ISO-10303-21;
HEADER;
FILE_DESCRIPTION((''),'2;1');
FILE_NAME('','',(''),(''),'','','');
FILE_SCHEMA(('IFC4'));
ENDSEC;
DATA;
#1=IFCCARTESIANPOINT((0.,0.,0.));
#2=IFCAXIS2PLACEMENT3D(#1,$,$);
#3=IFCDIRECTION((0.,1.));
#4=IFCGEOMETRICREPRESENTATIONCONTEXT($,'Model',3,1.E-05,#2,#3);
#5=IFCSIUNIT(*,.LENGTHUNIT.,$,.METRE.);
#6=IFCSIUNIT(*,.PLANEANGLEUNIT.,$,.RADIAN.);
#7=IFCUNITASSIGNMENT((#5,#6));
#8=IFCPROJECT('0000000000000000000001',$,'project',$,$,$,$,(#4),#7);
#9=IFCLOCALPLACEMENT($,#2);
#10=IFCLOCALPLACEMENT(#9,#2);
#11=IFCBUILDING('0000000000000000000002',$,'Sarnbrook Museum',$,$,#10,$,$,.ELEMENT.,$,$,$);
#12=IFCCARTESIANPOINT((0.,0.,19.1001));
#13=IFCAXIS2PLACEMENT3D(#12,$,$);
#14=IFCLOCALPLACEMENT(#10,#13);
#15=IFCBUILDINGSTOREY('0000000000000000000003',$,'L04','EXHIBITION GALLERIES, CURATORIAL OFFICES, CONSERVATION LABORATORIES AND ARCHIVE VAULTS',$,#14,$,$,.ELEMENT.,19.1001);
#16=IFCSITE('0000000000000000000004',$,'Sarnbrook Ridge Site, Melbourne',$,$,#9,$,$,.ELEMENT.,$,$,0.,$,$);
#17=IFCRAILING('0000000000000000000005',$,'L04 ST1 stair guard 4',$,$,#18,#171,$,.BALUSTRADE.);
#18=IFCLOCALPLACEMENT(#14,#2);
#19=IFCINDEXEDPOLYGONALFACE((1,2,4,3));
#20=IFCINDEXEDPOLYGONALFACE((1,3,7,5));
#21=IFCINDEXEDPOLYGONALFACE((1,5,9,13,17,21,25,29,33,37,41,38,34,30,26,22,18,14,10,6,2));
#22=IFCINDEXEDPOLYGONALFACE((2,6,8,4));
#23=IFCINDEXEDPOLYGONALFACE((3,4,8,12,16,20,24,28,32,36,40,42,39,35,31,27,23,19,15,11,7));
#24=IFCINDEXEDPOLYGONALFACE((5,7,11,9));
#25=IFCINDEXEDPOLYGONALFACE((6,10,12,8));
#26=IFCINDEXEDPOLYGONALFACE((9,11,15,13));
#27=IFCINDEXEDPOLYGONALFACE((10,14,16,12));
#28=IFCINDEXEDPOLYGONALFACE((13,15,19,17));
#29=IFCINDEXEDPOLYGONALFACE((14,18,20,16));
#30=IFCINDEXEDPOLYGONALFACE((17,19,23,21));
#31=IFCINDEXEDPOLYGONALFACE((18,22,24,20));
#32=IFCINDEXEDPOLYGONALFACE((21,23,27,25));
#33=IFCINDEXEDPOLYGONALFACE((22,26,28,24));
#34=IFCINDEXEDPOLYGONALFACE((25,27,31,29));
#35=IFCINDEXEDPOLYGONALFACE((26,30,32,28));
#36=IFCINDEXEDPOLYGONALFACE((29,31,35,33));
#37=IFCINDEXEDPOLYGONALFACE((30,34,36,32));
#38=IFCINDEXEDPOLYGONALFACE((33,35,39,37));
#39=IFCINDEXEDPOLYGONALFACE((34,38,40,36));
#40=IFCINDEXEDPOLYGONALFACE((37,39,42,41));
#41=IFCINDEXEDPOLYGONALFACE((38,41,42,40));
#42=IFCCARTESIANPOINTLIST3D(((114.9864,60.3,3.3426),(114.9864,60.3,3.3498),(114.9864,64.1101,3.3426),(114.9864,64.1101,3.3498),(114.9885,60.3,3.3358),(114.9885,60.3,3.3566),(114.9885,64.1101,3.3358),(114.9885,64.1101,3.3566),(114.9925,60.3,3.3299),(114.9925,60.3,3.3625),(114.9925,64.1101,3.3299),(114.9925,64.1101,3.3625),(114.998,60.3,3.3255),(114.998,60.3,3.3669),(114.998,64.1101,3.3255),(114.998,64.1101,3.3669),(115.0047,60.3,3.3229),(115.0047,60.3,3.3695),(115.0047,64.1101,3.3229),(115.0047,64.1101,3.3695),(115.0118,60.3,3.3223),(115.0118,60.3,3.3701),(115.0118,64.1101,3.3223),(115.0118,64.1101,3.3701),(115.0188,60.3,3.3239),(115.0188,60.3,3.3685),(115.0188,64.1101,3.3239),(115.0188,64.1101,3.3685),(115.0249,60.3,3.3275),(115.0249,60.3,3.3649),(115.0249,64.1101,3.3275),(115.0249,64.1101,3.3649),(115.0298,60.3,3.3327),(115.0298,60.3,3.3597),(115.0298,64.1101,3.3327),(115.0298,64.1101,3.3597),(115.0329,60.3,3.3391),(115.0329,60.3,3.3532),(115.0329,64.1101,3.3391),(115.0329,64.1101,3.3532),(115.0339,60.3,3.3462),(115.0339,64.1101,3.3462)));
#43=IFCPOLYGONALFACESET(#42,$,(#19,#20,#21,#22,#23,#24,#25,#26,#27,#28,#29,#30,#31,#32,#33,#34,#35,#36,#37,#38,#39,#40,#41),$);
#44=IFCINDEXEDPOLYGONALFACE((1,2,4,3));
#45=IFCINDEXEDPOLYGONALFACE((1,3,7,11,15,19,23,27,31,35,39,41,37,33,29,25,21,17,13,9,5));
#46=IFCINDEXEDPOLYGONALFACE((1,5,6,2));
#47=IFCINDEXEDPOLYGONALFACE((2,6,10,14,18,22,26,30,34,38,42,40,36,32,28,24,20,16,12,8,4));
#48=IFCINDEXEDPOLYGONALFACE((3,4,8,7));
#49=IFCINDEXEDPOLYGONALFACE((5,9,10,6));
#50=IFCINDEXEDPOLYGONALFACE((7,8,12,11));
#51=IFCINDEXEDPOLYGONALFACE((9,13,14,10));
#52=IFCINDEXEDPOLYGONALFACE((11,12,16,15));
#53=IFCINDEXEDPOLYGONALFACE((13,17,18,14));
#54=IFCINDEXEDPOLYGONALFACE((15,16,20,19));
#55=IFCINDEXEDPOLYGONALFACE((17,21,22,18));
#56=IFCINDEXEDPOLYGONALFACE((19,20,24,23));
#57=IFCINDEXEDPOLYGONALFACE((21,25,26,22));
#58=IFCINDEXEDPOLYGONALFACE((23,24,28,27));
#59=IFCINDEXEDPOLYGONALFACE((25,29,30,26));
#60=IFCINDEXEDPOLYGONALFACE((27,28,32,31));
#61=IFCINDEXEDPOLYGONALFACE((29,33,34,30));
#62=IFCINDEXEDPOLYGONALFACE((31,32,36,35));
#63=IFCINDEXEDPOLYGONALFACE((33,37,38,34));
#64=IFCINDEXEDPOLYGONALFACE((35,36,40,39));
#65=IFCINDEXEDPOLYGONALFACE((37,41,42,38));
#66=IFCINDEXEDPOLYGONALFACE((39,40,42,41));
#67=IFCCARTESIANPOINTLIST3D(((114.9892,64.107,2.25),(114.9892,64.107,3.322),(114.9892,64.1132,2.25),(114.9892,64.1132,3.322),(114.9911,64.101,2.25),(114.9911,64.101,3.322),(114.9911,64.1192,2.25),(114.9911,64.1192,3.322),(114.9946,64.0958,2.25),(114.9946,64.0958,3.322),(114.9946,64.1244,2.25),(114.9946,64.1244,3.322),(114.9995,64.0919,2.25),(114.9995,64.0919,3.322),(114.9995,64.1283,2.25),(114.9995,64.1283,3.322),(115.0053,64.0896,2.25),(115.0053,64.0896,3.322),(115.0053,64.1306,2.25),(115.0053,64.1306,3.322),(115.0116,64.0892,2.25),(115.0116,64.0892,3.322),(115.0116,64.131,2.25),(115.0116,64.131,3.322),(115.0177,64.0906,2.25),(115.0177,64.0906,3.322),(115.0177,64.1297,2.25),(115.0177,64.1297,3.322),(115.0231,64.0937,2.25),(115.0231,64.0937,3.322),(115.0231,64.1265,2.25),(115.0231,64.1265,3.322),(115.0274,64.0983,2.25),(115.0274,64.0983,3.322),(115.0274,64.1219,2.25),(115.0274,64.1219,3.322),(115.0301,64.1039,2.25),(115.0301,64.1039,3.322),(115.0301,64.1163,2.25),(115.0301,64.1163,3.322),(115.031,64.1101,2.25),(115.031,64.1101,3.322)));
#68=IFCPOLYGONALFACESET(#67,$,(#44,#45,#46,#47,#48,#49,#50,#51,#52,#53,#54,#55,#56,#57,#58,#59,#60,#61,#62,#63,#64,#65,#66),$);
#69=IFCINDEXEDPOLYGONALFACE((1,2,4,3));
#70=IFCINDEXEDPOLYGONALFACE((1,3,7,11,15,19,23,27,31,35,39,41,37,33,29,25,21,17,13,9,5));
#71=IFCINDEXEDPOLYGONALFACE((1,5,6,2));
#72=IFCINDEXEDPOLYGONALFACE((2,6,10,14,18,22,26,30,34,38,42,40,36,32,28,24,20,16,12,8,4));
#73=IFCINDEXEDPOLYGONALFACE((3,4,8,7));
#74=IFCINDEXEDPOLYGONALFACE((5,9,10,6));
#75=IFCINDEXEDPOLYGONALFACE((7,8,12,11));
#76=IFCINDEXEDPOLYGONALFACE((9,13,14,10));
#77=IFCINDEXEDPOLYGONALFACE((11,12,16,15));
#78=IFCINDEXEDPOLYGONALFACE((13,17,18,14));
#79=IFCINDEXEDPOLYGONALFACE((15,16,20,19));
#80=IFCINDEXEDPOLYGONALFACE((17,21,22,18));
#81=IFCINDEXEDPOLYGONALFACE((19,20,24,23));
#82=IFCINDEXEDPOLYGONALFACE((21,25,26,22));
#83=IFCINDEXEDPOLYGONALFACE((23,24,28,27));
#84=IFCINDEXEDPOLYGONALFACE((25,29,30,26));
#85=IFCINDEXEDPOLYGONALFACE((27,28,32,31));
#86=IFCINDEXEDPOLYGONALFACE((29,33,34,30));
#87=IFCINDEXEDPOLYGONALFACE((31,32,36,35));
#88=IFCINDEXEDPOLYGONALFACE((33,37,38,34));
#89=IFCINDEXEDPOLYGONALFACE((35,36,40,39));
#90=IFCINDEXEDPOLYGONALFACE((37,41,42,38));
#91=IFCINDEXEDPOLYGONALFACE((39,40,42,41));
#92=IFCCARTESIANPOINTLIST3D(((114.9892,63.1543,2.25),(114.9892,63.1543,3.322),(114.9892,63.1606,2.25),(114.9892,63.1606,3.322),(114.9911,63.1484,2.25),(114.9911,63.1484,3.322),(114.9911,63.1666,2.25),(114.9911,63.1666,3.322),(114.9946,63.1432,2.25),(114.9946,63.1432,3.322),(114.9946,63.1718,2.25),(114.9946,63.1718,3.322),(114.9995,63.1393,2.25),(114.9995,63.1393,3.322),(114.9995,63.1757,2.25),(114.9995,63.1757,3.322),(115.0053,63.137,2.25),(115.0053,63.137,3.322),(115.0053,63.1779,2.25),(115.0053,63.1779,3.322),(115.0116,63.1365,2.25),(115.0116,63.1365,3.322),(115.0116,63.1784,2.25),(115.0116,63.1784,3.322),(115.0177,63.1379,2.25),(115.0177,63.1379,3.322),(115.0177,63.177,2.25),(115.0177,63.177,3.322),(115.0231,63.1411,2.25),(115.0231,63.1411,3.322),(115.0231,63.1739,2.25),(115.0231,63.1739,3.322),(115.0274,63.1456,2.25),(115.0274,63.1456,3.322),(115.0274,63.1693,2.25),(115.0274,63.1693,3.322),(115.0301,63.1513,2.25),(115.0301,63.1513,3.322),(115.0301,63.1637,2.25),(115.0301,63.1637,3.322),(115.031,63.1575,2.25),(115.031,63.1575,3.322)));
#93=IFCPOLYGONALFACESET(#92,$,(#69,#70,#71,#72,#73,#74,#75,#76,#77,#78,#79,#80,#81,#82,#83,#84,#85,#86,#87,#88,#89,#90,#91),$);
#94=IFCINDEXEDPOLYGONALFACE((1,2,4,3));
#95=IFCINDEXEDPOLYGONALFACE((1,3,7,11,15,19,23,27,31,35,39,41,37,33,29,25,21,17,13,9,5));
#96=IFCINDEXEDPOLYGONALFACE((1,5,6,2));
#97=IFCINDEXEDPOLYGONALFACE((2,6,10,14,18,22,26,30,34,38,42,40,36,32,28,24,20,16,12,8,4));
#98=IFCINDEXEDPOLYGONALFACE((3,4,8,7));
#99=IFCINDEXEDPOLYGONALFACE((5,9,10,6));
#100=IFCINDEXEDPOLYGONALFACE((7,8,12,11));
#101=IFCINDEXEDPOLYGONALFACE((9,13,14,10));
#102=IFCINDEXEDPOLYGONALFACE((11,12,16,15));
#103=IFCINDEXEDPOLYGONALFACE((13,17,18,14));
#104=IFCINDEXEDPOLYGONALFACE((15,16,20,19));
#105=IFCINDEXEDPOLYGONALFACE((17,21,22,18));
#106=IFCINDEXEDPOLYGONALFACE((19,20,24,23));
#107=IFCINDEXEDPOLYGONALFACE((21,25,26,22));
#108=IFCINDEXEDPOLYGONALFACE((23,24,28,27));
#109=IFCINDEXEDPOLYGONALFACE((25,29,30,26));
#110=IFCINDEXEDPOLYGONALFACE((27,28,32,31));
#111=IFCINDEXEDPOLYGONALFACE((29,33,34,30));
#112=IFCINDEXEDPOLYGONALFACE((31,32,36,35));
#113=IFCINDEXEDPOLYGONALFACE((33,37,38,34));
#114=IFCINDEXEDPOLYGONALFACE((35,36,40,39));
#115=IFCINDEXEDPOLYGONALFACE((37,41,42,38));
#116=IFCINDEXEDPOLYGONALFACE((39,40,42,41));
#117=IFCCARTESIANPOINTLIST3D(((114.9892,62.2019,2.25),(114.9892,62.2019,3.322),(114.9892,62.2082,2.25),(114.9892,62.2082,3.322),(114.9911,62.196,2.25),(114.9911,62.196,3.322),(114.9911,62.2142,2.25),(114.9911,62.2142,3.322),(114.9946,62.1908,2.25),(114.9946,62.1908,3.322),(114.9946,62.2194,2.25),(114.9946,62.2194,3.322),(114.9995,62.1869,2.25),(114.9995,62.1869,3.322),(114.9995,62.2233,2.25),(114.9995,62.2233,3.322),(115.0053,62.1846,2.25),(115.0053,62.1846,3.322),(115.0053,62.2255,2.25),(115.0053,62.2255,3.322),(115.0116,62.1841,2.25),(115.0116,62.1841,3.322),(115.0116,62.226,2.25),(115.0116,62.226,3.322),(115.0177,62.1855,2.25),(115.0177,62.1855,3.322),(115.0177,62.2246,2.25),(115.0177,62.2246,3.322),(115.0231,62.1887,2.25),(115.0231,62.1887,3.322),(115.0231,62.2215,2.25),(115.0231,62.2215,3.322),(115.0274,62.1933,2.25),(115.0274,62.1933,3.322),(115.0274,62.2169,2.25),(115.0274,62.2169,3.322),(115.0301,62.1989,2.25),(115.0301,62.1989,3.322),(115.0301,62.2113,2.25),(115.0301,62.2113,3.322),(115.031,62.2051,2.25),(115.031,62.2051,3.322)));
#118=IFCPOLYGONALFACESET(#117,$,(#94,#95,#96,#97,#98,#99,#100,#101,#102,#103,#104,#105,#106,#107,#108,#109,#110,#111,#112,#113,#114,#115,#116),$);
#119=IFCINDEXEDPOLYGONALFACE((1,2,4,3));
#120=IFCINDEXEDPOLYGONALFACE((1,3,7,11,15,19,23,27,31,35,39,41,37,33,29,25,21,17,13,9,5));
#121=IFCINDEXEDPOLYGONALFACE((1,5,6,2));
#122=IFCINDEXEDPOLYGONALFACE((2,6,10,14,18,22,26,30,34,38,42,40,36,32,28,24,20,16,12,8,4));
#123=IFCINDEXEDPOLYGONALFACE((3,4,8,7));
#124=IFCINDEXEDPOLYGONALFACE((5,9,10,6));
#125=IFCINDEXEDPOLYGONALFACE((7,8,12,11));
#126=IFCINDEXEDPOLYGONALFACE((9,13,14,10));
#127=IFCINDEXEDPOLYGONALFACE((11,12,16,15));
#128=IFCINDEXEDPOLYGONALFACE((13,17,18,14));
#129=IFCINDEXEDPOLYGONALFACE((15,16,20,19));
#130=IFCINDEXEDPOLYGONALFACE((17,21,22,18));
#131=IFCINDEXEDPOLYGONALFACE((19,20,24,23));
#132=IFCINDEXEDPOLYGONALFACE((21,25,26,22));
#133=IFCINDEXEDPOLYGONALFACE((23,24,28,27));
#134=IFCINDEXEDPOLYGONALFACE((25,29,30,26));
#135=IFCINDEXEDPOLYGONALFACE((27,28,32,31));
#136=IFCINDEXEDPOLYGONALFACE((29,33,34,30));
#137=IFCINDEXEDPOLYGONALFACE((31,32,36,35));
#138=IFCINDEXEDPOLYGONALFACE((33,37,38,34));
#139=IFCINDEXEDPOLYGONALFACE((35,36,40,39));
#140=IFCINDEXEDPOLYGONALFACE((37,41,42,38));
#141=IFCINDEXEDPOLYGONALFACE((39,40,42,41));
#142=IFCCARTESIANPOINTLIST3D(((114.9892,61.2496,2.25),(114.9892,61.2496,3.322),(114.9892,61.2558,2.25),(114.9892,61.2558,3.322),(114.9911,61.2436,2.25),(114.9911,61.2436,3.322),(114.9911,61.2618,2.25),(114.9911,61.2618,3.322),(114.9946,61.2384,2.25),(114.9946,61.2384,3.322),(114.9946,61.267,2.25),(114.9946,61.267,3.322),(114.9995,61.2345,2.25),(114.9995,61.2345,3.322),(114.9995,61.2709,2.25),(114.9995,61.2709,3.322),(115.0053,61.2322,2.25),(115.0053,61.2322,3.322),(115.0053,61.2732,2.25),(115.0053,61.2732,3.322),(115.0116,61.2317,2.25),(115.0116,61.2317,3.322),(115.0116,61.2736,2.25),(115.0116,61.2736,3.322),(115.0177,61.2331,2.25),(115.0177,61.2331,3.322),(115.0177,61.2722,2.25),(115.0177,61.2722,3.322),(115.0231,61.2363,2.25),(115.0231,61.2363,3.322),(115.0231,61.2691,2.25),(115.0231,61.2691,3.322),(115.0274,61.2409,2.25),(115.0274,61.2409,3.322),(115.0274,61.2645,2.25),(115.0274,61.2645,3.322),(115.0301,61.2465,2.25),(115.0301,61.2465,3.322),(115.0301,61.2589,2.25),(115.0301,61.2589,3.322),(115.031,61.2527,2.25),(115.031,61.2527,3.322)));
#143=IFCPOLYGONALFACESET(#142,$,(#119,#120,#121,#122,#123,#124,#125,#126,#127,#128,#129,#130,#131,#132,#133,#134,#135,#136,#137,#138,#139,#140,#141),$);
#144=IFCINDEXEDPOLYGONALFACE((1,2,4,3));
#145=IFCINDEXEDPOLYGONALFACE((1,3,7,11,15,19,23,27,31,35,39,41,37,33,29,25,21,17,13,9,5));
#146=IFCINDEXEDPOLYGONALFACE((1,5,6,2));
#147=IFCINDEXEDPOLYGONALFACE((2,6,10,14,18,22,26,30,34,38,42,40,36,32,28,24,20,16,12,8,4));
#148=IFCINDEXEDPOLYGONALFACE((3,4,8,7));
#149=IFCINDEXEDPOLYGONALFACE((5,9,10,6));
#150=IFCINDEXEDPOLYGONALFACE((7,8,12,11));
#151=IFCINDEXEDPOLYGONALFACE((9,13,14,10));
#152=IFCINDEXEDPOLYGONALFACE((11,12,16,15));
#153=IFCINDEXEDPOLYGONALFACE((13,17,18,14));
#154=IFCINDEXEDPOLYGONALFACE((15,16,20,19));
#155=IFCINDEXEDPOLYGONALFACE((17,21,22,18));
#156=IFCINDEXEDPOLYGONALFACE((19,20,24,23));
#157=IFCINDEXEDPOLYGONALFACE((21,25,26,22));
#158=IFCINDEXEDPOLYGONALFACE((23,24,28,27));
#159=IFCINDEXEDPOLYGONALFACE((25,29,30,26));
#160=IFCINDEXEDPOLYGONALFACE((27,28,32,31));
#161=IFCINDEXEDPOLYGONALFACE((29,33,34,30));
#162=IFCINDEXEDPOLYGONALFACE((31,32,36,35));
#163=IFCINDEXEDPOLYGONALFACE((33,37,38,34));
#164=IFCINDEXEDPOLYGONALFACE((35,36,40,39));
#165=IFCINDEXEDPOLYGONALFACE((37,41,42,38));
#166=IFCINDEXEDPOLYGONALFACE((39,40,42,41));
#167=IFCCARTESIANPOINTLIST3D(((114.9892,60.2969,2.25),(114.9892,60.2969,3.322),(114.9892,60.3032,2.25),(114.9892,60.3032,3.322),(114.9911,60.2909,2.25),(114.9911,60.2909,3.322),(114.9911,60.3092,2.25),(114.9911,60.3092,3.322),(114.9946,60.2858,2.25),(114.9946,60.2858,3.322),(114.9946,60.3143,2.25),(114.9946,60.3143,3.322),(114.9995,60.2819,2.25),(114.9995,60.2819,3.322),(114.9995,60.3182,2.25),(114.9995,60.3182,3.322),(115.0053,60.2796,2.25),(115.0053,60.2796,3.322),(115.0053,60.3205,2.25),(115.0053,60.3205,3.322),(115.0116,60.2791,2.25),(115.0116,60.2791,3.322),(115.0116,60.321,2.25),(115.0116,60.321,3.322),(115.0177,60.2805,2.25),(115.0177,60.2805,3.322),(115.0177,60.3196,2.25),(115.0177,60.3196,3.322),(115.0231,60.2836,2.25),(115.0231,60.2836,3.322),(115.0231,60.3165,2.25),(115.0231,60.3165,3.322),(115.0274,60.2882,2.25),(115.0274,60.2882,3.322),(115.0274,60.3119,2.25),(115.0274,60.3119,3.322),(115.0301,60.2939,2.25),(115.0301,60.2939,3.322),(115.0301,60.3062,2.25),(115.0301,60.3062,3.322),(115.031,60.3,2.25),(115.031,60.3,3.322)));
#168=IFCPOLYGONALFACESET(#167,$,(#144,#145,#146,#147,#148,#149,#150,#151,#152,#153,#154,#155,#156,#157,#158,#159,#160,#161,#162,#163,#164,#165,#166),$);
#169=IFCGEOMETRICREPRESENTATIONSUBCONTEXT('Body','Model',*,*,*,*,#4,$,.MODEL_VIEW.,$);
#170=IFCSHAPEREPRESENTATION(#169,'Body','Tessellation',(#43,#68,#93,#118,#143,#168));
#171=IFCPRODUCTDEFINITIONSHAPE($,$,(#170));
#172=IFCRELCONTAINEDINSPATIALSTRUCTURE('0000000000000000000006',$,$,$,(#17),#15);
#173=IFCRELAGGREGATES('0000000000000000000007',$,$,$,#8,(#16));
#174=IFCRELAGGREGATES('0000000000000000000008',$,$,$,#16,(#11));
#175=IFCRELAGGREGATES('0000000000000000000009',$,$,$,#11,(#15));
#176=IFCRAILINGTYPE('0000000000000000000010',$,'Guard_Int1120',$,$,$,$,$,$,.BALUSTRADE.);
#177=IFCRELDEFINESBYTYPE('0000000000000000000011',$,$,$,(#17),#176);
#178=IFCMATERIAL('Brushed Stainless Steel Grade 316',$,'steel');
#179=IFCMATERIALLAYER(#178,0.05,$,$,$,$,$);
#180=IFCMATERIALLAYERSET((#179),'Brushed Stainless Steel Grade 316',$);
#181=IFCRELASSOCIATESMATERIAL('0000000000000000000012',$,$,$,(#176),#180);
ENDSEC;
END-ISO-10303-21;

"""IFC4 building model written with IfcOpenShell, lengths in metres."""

from ifc_helpers import new_model, si_unit, direction, frame, origin, origin_2d, place, context, subcontext, project, spatial, circle, extrude, material, layer, layer_set, type_object, element, save


model = new_model("IFC4")

# Units and contexts
model_context = context("Model", 3, precision=1e-05, world=origin(), true_north=direction((0.0, 1.0)))
body_context = subcontext(model_context, "Body", "Model", "MODEL_VIEW")
ifc_project = project(units=[si_unit("LENGTHUNIT", "METRE"), si_unit("PLANEANGLEUNIT", "RADIAN")], contexts=[model_context])

# Site, building, storey
site_placement = place(None, origin())
site = spatial("IfcSite", under=ifc_project, at=site_placement, Name="Sarnbrook Ridge Site, Melbourne", CompositionType="ELEMENT", RefElevation=0.0)
building_placement = place(site_placement, origin())
building = spatial("IfcBuilding", under=site, at=building_placement, Name="Sarnbrook Museum", CompositionType="ELEMENT")
storey_placement = place(building_placement, frame((0.0, 0.0, 19.1001)))
storey = spatial("IfcBuildingStorey", under=building, at=storey_placement, Name="L04", Description="EXHIBITION GALLERIES, CURATORIAL OFFICES, CONSERVATION LABORATORIES AND ARCHIVE VAULTS", CompositionType="ELEMENT", Elevation=19.1001)

# Shared definitions
ifc_material_1 = material(Name="Brushed Stainless Steel Grade 316", Category="steel")

# Railing
ifc_layer_1 = layer(ifc_material_1, 0.05)
ifc_layer_set_1 = layer_set([ifc_layer_1], Name="Brushed Stainless Steel Grade 316")
railing_type_1 = type_object("IfcRailingType", Name="Guard_Int1120", PredefinedType="BALUSTRADE", material=ifc_layer_set_1)
railing_1_placement = place(storey_placement, frame((115.01, 64.1101, 2.25)))
element("IfcRailing", 1, at=railing_1_placement, inside=storey, type_object=railing_type_1, Name="L04 ST1 stair guard 4", PredefinedType="BALUSTRADE", context=body_context, shape_type="SweptSolid", body=[
    extrude(circle(Radius=0.0239, at=origin_2d()), frame((0.0, 0.0, 1.0962), z_axis=(0.0, -1.0, 0.0), x_axis=(1.0, 0.0, 0.0)), (0.0, 0.0, 1.0), 3.8101),
    extrude(circle(Radius=0.021, at=origin_2d()), origin(), (0.0, 0.0, 1.0), 1.072),
    extrude(circle(Radius=0.021, at=origin_2d()), frame((0.0, -0.9526, 0.0)), (0.0, 0.0, 1.0), 1.072),
    extrude(circle(Radius=0.021, at=origin_2d()), frame((0.0, -1.905, 0.0)), (0.0, 0.0, 1.0), 1.072),
    extrude(circle(Radius=0.021, at=origin_2d()), frame((0.0, -2.8574, 0.0)), (0.0, 0.0, 1.0), 1.072),
    extrude(circle(Radius=0.021, at=origin_2d()), frame((0.0, -3.8101, 0.0)), (0.0, 0.0, 1.0), 1.072),
])

save(model, "model.ifc")
